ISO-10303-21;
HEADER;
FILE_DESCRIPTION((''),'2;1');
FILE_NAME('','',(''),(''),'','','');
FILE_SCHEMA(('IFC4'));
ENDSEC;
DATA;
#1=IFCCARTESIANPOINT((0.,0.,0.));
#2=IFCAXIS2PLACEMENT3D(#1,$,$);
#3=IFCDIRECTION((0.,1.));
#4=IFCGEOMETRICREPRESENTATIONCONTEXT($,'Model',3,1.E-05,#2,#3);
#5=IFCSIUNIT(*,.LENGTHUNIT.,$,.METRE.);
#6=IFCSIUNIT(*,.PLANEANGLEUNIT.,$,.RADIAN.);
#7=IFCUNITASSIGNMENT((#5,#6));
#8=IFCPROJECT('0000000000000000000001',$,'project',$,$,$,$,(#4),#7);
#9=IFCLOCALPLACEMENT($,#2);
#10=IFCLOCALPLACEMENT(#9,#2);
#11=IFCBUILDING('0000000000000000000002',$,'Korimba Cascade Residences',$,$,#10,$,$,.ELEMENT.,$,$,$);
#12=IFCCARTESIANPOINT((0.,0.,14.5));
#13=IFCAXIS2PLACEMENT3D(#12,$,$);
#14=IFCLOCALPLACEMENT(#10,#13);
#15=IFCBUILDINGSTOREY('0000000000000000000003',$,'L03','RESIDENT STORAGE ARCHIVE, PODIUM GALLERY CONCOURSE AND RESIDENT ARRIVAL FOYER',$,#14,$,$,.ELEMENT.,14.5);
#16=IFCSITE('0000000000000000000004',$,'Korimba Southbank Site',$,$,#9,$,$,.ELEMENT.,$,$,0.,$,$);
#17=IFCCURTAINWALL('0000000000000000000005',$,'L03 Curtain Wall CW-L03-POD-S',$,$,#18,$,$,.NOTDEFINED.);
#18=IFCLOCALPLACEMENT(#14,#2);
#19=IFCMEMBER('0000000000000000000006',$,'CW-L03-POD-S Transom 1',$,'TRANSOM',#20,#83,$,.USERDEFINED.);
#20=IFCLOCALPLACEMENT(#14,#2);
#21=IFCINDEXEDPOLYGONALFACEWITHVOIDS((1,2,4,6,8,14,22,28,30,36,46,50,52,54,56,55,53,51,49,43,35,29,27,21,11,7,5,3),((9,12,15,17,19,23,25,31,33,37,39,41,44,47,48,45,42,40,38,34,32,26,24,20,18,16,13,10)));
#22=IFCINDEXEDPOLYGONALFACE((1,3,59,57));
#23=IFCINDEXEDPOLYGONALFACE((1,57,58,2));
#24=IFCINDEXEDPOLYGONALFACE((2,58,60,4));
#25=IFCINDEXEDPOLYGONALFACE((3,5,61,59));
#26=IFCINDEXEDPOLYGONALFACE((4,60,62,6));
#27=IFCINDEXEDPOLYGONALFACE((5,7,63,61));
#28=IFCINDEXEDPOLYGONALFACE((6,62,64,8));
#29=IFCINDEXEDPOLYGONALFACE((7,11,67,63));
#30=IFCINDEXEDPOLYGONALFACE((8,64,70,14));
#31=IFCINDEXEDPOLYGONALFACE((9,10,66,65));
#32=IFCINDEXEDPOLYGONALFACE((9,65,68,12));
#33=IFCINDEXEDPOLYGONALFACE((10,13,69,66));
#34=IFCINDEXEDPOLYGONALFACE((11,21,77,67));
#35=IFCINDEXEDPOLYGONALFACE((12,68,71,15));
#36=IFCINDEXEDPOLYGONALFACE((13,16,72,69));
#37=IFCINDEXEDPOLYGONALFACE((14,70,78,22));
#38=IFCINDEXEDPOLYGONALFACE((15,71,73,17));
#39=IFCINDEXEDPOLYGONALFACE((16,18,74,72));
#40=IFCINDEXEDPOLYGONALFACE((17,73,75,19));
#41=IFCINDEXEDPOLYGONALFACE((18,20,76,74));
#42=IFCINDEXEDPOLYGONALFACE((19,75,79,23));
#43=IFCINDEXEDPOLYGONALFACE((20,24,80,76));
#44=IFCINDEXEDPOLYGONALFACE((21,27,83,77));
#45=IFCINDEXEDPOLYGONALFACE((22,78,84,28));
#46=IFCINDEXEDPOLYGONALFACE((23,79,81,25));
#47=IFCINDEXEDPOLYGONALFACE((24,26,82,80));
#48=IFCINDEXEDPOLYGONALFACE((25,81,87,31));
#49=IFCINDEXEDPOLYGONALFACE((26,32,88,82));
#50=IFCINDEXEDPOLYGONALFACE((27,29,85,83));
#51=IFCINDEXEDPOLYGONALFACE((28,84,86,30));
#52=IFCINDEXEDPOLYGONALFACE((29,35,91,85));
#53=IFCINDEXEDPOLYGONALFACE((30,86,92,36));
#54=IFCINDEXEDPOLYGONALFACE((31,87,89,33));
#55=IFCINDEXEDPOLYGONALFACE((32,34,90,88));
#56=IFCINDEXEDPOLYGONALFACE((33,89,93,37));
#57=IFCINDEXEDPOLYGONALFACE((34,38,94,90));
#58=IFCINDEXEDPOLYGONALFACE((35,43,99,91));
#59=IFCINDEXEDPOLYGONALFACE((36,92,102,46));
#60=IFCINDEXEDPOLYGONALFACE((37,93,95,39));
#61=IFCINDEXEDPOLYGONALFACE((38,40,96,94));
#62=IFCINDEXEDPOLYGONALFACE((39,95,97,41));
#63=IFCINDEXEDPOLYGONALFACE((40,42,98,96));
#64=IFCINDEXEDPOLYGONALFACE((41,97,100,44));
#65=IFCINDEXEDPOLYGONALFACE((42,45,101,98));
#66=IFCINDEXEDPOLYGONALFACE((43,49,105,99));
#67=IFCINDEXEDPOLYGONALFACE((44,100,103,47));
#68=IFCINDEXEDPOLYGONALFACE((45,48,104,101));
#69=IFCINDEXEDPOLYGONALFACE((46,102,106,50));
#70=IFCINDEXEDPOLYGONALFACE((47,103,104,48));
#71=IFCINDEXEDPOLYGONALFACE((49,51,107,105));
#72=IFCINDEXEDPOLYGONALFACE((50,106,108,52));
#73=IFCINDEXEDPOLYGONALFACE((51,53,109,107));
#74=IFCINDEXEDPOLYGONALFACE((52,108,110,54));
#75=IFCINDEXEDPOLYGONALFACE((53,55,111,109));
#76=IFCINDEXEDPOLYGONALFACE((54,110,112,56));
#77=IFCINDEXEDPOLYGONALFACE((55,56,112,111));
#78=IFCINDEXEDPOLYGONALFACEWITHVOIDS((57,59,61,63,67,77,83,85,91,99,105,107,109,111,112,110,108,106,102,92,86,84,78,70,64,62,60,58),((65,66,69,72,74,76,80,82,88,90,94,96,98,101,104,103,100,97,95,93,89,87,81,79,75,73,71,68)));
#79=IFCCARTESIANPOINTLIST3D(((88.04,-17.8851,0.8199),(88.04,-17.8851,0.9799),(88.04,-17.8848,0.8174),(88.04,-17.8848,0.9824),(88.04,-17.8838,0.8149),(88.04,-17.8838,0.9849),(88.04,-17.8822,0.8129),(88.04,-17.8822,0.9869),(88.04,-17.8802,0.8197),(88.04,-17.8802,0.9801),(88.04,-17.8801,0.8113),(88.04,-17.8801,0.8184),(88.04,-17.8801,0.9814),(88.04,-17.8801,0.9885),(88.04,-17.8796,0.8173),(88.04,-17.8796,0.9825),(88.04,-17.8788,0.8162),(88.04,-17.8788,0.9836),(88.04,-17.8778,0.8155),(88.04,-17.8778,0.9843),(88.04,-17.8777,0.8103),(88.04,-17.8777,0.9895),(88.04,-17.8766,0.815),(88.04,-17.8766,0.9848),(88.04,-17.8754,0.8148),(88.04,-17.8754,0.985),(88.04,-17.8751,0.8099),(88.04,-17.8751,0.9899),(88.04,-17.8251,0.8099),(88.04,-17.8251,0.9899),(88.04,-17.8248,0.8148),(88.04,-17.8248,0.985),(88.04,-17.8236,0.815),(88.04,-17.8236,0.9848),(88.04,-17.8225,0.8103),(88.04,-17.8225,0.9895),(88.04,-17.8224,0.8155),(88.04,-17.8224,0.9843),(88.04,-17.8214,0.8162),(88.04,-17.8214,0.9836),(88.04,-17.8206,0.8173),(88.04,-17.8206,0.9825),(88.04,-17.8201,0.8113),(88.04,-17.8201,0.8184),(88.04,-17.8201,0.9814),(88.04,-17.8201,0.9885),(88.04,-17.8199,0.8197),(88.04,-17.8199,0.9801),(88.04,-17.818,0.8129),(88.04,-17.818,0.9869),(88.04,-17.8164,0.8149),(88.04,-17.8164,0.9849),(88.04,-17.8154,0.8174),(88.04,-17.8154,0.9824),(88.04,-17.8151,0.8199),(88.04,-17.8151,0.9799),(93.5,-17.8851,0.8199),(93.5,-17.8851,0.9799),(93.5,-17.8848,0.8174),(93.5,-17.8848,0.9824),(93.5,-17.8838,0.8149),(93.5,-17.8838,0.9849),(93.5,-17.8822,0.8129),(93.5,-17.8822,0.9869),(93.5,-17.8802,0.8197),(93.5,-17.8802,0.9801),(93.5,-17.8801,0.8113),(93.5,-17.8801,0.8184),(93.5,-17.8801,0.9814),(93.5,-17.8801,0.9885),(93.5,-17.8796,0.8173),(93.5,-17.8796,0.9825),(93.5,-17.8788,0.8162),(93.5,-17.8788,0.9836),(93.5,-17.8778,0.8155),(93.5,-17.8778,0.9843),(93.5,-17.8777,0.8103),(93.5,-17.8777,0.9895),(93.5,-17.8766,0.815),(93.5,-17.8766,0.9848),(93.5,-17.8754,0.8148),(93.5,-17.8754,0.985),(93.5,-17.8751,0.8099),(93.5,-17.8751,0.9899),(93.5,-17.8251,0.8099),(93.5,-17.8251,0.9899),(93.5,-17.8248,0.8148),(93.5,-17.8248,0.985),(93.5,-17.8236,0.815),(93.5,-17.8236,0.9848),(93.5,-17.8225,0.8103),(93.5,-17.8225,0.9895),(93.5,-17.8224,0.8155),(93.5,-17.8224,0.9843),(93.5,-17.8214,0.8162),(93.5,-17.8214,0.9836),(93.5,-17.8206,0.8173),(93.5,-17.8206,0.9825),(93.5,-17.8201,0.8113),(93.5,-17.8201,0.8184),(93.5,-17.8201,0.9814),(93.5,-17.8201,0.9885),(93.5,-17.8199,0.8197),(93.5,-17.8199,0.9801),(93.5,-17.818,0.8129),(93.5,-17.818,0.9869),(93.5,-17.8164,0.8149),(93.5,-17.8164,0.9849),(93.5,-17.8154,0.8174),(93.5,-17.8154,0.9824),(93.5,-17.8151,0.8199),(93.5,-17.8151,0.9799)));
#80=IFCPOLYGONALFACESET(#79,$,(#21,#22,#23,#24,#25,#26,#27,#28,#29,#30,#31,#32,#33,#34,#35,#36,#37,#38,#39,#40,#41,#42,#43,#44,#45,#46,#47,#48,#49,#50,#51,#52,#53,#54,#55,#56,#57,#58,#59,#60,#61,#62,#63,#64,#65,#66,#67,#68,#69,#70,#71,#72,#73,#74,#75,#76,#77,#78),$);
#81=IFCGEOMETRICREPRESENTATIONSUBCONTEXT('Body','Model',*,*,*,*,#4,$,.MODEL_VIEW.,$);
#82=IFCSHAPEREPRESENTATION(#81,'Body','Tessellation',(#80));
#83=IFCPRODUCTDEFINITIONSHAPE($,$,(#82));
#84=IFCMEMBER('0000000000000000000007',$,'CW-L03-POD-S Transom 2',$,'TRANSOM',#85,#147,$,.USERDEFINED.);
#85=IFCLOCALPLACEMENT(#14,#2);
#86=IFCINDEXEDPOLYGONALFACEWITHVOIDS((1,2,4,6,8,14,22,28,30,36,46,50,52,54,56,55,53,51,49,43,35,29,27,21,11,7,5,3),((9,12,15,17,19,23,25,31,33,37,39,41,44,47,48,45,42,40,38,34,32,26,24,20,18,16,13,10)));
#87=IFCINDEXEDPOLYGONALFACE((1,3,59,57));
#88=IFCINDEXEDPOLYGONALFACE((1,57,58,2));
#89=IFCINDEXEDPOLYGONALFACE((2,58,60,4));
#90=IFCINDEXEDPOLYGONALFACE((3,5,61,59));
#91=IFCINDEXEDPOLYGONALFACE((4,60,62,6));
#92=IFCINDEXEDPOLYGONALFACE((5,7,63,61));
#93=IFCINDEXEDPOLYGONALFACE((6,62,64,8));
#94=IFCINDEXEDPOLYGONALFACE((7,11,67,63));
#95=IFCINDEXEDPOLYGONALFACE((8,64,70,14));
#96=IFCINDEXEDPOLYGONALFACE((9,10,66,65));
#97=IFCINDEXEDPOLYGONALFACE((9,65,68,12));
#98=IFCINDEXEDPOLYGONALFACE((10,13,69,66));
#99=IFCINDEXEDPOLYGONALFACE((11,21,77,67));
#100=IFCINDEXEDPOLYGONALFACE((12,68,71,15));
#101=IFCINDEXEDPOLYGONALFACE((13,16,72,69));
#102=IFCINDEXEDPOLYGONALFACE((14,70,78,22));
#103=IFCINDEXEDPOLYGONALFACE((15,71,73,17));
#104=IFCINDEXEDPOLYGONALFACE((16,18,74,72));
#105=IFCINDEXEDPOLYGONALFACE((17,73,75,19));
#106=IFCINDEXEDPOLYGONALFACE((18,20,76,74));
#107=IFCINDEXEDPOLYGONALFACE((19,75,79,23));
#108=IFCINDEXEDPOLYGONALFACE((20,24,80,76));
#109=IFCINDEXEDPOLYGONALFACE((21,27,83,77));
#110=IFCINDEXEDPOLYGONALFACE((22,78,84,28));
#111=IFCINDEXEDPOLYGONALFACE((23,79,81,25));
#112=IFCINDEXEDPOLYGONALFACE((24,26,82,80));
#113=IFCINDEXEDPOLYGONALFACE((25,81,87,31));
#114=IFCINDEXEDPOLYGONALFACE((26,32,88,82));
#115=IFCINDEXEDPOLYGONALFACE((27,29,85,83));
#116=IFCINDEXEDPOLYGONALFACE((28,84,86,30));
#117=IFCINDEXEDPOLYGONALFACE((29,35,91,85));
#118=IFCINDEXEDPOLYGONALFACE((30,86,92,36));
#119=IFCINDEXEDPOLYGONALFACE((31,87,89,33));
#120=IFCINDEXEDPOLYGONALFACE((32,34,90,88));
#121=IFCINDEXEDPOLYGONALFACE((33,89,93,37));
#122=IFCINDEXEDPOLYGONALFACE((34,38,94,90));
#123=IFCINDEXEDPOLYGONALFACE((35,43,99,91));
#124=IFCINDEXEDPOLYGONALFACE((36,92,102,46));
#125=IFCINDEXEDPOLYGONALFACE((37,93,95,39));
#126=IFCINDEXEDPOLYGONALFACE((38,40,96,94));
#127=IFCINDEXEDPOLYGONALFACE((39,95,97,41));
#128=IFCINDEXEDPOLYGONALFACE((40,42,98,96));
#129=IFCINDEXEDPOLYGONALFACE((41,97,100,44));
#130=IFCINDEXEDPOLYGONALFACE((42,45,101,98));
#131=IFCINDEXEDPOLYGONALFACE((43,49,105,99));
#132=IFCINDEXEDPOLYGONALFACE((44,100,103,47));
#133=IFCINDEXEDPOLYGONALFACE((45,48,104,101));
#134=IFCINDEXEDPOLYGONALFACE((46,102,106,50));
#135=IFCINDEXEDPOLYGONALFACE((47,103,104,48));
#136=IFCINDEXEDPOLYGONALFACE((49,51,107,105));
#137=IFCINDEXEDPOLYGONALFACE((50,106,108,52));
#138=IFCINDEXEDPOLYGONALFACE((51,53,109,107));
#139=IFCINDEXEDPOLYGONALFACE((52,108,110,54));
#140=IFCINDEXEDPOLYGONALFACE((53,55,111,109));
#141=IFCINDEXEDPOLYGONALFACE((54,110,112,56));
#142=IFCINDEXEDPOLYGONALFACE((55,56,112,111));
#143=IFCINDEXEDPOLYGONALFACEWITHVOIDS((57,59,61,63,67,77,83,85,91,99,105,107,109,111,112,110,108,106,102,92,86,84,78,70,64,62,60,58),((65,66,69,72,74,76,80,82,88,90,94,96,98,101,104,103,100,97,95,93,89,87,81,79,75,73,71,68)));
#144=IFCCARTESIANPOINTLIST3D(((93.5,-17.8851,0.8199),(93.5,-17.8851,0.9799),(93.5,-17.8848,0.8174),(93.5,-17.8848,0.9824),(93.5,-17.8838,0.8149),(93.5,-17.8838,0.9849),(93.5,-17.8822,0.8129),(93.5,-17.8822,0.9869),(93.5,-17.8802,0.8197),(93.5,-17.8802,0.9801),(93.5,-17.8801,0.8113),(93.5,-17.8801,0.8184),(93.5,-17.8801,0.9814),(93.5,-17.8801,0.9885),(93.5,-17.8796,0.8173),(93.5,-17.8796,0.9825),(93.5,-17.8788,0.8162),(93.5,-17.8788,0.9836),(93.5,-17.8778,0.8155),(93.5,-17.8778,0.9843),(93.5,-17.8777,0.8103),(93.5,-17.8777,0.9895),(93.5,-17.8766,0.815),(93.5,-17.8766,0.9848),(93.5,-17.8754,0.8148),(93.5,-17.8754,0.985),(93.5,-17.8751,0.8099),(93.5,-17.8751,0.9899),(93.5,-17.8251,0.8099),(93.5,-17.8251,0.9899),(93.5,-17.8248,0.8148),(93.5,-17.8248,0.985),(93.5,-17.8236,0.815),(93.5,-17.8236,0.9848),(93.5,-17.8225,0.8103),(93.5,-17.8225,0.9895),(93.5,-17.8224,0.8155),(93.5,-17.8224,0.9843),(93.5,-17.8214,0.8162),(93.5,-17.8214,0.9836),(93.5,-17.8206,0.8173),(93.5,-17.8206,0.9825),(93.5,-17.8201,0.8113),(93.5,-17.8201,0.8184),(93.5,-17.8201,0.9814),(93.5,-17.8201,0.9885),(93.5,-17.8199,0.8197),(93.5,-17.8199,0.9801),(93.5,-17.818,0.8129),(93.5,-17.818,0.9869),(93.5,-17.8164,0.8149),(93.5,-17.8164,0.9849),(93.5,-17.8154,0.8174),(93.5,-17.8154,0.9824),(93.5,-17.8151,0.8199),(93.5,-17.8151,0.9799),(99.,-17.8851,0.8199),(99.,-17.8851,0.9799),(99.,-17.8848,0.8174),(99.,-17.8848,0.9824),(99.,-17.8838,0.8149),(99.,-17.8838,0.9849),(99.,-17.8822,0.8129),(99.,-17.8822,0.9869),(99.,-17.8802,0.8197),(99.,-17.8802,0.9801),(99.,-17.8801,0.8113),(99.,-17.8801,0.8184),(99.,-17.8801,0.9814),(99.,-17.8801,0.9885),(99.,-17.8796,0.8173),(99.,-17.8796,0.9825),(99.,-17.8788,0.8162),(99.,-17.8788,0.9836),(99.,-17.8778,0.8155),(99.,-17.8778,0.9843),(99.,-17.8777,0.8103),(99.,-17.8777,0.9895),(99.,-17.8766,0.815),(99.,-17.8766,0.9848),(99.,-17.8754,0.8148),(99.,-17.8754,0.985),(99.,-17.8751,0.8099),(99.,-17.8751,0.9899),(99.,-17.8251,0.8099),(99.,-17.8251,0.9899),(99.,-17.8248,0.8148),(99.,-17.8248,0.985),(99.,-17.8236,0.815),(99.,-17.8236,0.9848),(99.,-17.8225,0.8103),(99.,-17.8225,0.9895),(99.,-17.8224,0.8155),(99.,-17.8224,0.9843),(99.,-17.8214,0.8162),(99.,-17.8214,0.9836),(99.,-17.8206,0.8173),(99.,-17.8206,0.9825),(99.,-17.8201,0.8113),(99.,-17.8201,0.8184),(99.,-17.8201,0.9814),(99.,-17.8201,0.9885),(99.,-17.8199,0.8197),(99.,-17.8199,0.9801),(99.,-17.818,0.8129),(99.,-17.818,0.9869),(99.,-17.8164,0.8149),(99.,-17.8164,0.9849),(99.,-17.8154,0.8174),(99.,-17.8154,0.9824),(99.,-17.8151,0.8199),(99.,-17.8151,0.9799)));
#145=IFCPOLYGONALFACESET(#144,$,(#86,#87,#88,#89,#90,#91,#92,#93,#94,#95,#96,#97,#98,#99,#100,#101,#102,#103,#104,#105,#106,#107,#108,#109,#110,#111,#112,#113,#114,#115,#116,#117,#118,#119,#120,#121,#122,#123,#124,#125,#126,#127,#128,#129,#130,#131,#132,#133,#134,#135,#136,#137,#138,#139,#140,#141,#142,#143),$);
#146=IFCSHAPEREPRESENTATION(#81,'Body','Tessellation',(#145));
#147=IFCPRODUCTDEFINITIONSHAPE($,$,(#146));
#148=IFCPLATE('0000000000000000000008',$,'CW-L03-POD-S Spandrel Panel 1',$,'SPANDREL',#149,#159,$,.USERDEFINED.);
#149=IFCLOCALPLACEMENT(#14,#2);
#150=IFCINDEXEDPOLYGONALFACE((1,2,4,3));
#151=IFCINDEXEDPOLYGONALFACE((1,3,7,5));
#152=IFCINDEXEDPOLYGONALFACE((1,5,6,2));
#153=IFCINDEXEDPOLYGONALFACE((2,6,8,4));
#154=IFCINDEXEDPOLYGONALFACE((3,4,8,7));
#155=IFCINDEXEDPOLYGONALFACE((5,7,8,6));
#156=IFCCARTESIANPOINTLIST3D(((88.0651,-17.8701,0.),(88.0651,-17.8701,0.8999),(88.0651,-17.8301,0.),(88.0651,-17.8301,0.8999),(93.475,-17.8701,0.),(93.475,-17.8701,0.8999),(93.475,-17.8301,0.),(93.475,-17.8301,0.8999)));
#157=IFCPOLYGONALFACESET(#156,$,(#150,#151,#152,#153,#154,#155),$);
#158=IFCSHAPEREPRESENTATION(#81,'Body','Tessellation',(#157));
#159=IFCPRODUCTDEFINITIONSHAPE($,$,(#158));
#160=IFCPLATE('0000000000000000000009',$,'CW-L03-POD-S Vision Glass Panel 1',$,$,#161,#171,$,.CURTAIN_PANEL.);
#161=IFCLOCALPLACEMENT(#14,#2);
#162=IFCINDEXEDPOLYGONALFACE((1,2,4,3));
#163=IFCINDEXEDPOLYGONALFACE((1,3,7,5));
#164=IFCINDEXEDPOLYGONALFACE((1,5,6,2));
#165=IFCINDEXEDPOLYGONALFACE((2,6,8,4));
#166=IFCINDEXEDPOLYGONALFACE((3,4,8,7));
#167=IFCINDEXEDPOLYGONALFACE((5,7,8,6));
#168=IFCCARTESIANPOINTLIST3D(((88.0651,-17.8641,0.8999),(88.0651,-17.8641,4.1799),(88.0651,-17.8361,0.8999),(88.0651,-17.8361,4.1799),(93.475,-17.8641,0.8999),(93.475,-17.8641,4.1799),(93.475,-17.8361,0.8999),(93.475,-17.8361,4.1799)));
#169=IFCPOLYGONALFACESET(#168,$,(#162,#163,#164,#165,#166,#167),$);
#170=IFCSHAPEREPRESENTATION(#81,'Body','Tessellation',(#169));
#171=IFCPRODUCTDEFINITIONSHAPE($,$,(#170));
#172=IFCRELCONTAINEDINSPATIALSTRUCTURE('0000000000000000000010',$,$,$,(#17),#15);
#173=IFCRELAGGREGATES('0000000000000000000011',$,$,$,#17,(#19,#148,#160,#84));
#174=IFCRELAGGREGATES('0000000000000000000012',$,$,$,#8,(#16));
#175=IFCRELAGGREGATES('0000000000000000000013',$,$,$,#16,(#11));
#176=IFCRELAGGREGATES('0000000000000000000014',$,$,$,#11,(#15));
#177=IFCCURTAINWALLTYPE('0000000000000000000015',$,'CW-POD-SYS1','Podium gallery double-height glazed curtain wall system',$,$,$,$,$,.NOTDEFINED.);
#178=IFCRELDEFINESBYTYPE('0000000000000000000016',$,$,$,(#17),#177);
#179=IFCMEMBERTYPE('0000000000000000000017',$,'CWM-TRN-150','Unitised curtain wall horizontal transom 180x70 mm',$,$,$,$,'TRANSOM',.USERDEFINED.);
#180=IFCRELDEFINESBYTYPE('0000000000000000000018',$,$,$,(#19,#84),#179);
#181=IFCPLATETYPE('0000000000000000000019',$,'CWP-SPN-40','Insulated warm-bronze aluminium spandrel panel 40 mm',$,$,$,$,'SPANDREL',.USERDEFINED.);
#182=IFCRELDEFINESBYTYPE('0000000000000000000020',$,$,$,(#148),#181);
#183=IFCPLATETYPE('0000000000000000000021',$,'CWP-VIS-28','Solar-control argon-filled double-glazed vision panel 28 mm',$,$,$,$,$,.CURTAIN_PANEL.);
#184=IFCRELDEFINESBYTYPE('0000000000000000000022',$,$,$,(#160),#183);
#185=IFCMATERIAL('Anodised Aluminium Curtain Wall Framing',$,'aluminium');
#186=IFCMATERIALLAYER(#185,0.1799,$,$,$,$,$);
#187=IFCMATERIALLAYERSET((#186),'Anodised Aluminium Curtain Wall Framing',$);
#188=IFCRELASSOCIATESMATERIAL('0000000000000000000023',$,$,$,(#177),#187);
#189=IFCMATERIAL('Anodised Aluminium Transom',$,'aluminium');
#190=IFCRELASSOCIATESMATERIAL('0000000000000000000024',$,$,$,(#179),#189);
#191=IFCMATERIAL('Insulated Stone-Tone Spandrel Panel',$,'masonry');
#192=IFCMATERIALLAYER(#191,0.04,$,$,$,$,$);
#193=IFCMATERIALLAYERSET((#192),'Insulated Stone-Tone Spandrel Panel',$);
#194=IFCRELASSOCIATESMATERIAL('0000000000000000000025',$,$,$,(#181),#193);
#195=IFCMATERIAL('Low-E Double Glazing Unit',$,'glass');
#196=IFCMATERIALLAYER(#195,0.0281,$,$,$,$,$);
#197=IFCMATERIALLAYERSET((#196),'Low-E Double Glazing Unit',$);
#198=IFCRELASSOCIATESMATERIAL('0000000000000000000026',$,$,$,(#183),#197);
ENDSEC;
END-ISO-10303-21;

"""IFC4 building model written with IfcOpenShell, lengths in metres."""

from ifc_helpers import new_model, si_unit, direction, frame, origin, origin_2d, place, context, subcontext, project, spatial, rectangle, hollow_rectangle, extrude, material, layer, layer_set, material_profile, profile_set, type_object, element, aggregate, save


model = new_model("IFC4")

# Units and contexts
model_context = context("Model", 3, precision=1e-05, world=origin(), true_north=direction((0.0, 1.0)))
body_context = subcontext(model_context, "Body", "Model", "MODEL_VIEW")
ifc_project = project(units=[si_unit("LENGTHUNIT", "METRE"), si_unit("PLANEANGLEUNIT", "RADIAN")], contexts=[model_context])

# Site, building, storey
site_placement = place(None, origin())
site = spatial("IfcSite", under=ifc_project, at=site_placement, Name="Korimba Southbank Site", CompositionType="ELEMENT", RefElevation=0.0)
building_placement = place(site_placement, origin())
building = spatial("IfcBuilding", under=site, at=building_placement, Name="Korimba Cascade Residences", CompositionType="ELEMENT")
storey_placement = place(building_placement, frame((0.0, 0.0, 14.5)))
storey = spatial("IfcBuildingStorey", under=building, at=storey_placement, Name="L03", Description="RESIDENT STORAGE ARCHIVE, PODIUM GALLERY CONCOURSE AND RESIDENT ARRIVAL FOYER", CompositionType="ELEMENT", Elevation=14.5)

# Curtain wall, members, plates
ifc_material_1 = material(Name="Anodised Aluminium Curtain Wall Framing", Category="aluminium")
ifc_layer_1 = layer(ifc_material_1, 0.1799)
ifc_layer_set_1 = layer_set([ifc_layer_1], Name="Anodised Aluminium Curtain Wall Framing")
curtain_wall_type = type_object("IfcCurtainWallType", Name="CW-POD-SYS1", Description="Podium gallery double-height glazed curtain wall system", PredefinedType="NOTDEFINED", material=ifc_layer_set_1)
curtain_wall_placement = place(storey_placement, origin())
curtain_wall = element("IfcCurtainWall", 1, at=curtain_wall_placement, inside=storey, type_object=curtain_wall_type, Name="L03 Curtain Wall CW-L03-POD-S", PredefinedType="NOTDEFINED")
ifc_material_2 = material(Name="Anodised Aluminium Transom", Category="aluminium")
ifc_material_profile_1 = material_profile(ifc_material_2, hollow_rectangle(XDim=0.0701, YDim=0.1799, WallThickness=0.0049, InnerFilletRadius=0.0049, OuterFilletRadius=0.01, at=origin_2d()), Name="Anodised Aluminium Transom")
ifc_profile_set_1 = profile_set([ifc_material_profile_1], Name="Anodised Aluminium Transom")
member_type_1 = type_object("IfcMemberType", Name="CWM-TRN-150", Description="Unitised curtain wall horizontal transom 180x70 mm", ElementType="TRANSOM", PredefinedType="USERDEFINED", material=ifc_profile_set_1)
member_1_placement = place(storey_placement, frame((88.04, -17.8501, 0.8999), z_axis=(1.0, 0.0, 0.0), x_axis=(0.0, 1.0, 0.0)))
member_1 = element("IfcMember", 2, at=member_1_placement, type_object=member_type_1, Name="CW-L03-POD-S Transom 1", ObjectType="TRANSOM", PredefinedType="USERDEFINED", context=body_context, shape_type="SweptSolid", body=[
    extrude(hollow_rectangle(XDim=0.0701, YDim=0.1799, WallThickness=0.0049, InnerFilletRadius=0.0049, OuterFilletRadius=0.01, at=origin_2d()), origin(), (0.0, 0.0, 1.0), 5.46),
])
member_2_placement = place(storey_placement, frame((93.5, -17.8501, 0.8999), z_axis=(1.0, 0.0, 0.0), x_axis=(0.0, 1.0, 0.0)))
member_2 = element("IfcMember", 3, at=member_2_placement, type_object=member_type_1, Name="CW-L03-POD-S Transom 2", ObjectType="TRANSOM", PredefinedType="USERDEFINED", context=body_context, shape_type="SweptSolid", body=[
    extrude(hollow_rectangle(XDim=0.0701, YDim=0.1799, WallThickness=0.0049, InnerFilletRadius=0.0049, OuterFilletRadius=0.01, at=origin_2d()), origin(), (0.0, 0.0, 1.0), 5.5),
])
ifc_material_3 = material(Name="Insulated Stone-Tone Spandrel Panel", Category="masonry")
ifc_layer_2 = layer(ifc_material_3, 0.04)
ifc_layer_set_2 = layer_set([ifc_layer_2], Name="Insulated Stone-Tone Spandrel Panel")
plate_type_1 = type_object("IfcPlateType", Name="CWP-SPN-40", Description="Insulated warm-bronze aluminium spandrel panel 40 mm", ElementType="SPANDREL", PredefinedType="USERDEFINED", material=ifc_layer_set_2)
plate_1_placement = place(storey_placement, frame((90.77, -17.8501, 0.0), z_axis=(0.0, 0.0, 1.0), x_axis=(1.0, 0.0, 0.0)))
plate_1 = element("IfcPlate", 4, at=plate_1_placement, type_object=plate_type_1, Name="CW-L03-POD-S Spandrel Panel 1", ObjectType="SPANDREL", PredefinedType="USERDEFINED", context=body_context, shape_type="SweptSolid", body=[
    extrude(rectangle(XDim=5.4099, YDim=0.04, at=origin_2d()), origin(), (0.0, 0.0, 1.0), 0.8999),
])
ifc_material_4 = material(Name="Low-E Double Glazing Unit", Category="glass")
ifc_layer_3 = layer(ifc_material_4, 0.0281)
ifc_layer_set_3 = layer_set([ifc_layer_3], Name="Low-E Double Glazing Unit")
plate_type_2 = type_object("IfcPlateType", Name="CWP-VIS-28", Description="Solar-control argon-filled double-glazed vision panel 28 mm", PredefinedType="CURTAIN_PANEL", material=ifc_layer_set_3)
plate_2_placement = place(storey_placement, frame((90.77, -17.8501, 0.8999), z_axis=(0.0, 0.0, 1.0), x_axis=(1.0, 0.0, 0.0)))
plate_2 = element("IfcPlate", 5, at=plate_2_placement, type_object=plate_type_2, Name="CW-L03-POD-S Vision Glass Panel 1", PredefinedType="CURTAIN_PANEL", context=body_context, shape_type="SweptSolid", body=[
    extrude(rectangle(XDim=5.4099, YDim=0.0281, at=origin_2d()), origin(), (0.0, 0.0, 1.0), 3.28),
])
aggregate(curtain_wall, [member_1, plate_1, plate_2, member_2])

save(model, "model.ifc")
